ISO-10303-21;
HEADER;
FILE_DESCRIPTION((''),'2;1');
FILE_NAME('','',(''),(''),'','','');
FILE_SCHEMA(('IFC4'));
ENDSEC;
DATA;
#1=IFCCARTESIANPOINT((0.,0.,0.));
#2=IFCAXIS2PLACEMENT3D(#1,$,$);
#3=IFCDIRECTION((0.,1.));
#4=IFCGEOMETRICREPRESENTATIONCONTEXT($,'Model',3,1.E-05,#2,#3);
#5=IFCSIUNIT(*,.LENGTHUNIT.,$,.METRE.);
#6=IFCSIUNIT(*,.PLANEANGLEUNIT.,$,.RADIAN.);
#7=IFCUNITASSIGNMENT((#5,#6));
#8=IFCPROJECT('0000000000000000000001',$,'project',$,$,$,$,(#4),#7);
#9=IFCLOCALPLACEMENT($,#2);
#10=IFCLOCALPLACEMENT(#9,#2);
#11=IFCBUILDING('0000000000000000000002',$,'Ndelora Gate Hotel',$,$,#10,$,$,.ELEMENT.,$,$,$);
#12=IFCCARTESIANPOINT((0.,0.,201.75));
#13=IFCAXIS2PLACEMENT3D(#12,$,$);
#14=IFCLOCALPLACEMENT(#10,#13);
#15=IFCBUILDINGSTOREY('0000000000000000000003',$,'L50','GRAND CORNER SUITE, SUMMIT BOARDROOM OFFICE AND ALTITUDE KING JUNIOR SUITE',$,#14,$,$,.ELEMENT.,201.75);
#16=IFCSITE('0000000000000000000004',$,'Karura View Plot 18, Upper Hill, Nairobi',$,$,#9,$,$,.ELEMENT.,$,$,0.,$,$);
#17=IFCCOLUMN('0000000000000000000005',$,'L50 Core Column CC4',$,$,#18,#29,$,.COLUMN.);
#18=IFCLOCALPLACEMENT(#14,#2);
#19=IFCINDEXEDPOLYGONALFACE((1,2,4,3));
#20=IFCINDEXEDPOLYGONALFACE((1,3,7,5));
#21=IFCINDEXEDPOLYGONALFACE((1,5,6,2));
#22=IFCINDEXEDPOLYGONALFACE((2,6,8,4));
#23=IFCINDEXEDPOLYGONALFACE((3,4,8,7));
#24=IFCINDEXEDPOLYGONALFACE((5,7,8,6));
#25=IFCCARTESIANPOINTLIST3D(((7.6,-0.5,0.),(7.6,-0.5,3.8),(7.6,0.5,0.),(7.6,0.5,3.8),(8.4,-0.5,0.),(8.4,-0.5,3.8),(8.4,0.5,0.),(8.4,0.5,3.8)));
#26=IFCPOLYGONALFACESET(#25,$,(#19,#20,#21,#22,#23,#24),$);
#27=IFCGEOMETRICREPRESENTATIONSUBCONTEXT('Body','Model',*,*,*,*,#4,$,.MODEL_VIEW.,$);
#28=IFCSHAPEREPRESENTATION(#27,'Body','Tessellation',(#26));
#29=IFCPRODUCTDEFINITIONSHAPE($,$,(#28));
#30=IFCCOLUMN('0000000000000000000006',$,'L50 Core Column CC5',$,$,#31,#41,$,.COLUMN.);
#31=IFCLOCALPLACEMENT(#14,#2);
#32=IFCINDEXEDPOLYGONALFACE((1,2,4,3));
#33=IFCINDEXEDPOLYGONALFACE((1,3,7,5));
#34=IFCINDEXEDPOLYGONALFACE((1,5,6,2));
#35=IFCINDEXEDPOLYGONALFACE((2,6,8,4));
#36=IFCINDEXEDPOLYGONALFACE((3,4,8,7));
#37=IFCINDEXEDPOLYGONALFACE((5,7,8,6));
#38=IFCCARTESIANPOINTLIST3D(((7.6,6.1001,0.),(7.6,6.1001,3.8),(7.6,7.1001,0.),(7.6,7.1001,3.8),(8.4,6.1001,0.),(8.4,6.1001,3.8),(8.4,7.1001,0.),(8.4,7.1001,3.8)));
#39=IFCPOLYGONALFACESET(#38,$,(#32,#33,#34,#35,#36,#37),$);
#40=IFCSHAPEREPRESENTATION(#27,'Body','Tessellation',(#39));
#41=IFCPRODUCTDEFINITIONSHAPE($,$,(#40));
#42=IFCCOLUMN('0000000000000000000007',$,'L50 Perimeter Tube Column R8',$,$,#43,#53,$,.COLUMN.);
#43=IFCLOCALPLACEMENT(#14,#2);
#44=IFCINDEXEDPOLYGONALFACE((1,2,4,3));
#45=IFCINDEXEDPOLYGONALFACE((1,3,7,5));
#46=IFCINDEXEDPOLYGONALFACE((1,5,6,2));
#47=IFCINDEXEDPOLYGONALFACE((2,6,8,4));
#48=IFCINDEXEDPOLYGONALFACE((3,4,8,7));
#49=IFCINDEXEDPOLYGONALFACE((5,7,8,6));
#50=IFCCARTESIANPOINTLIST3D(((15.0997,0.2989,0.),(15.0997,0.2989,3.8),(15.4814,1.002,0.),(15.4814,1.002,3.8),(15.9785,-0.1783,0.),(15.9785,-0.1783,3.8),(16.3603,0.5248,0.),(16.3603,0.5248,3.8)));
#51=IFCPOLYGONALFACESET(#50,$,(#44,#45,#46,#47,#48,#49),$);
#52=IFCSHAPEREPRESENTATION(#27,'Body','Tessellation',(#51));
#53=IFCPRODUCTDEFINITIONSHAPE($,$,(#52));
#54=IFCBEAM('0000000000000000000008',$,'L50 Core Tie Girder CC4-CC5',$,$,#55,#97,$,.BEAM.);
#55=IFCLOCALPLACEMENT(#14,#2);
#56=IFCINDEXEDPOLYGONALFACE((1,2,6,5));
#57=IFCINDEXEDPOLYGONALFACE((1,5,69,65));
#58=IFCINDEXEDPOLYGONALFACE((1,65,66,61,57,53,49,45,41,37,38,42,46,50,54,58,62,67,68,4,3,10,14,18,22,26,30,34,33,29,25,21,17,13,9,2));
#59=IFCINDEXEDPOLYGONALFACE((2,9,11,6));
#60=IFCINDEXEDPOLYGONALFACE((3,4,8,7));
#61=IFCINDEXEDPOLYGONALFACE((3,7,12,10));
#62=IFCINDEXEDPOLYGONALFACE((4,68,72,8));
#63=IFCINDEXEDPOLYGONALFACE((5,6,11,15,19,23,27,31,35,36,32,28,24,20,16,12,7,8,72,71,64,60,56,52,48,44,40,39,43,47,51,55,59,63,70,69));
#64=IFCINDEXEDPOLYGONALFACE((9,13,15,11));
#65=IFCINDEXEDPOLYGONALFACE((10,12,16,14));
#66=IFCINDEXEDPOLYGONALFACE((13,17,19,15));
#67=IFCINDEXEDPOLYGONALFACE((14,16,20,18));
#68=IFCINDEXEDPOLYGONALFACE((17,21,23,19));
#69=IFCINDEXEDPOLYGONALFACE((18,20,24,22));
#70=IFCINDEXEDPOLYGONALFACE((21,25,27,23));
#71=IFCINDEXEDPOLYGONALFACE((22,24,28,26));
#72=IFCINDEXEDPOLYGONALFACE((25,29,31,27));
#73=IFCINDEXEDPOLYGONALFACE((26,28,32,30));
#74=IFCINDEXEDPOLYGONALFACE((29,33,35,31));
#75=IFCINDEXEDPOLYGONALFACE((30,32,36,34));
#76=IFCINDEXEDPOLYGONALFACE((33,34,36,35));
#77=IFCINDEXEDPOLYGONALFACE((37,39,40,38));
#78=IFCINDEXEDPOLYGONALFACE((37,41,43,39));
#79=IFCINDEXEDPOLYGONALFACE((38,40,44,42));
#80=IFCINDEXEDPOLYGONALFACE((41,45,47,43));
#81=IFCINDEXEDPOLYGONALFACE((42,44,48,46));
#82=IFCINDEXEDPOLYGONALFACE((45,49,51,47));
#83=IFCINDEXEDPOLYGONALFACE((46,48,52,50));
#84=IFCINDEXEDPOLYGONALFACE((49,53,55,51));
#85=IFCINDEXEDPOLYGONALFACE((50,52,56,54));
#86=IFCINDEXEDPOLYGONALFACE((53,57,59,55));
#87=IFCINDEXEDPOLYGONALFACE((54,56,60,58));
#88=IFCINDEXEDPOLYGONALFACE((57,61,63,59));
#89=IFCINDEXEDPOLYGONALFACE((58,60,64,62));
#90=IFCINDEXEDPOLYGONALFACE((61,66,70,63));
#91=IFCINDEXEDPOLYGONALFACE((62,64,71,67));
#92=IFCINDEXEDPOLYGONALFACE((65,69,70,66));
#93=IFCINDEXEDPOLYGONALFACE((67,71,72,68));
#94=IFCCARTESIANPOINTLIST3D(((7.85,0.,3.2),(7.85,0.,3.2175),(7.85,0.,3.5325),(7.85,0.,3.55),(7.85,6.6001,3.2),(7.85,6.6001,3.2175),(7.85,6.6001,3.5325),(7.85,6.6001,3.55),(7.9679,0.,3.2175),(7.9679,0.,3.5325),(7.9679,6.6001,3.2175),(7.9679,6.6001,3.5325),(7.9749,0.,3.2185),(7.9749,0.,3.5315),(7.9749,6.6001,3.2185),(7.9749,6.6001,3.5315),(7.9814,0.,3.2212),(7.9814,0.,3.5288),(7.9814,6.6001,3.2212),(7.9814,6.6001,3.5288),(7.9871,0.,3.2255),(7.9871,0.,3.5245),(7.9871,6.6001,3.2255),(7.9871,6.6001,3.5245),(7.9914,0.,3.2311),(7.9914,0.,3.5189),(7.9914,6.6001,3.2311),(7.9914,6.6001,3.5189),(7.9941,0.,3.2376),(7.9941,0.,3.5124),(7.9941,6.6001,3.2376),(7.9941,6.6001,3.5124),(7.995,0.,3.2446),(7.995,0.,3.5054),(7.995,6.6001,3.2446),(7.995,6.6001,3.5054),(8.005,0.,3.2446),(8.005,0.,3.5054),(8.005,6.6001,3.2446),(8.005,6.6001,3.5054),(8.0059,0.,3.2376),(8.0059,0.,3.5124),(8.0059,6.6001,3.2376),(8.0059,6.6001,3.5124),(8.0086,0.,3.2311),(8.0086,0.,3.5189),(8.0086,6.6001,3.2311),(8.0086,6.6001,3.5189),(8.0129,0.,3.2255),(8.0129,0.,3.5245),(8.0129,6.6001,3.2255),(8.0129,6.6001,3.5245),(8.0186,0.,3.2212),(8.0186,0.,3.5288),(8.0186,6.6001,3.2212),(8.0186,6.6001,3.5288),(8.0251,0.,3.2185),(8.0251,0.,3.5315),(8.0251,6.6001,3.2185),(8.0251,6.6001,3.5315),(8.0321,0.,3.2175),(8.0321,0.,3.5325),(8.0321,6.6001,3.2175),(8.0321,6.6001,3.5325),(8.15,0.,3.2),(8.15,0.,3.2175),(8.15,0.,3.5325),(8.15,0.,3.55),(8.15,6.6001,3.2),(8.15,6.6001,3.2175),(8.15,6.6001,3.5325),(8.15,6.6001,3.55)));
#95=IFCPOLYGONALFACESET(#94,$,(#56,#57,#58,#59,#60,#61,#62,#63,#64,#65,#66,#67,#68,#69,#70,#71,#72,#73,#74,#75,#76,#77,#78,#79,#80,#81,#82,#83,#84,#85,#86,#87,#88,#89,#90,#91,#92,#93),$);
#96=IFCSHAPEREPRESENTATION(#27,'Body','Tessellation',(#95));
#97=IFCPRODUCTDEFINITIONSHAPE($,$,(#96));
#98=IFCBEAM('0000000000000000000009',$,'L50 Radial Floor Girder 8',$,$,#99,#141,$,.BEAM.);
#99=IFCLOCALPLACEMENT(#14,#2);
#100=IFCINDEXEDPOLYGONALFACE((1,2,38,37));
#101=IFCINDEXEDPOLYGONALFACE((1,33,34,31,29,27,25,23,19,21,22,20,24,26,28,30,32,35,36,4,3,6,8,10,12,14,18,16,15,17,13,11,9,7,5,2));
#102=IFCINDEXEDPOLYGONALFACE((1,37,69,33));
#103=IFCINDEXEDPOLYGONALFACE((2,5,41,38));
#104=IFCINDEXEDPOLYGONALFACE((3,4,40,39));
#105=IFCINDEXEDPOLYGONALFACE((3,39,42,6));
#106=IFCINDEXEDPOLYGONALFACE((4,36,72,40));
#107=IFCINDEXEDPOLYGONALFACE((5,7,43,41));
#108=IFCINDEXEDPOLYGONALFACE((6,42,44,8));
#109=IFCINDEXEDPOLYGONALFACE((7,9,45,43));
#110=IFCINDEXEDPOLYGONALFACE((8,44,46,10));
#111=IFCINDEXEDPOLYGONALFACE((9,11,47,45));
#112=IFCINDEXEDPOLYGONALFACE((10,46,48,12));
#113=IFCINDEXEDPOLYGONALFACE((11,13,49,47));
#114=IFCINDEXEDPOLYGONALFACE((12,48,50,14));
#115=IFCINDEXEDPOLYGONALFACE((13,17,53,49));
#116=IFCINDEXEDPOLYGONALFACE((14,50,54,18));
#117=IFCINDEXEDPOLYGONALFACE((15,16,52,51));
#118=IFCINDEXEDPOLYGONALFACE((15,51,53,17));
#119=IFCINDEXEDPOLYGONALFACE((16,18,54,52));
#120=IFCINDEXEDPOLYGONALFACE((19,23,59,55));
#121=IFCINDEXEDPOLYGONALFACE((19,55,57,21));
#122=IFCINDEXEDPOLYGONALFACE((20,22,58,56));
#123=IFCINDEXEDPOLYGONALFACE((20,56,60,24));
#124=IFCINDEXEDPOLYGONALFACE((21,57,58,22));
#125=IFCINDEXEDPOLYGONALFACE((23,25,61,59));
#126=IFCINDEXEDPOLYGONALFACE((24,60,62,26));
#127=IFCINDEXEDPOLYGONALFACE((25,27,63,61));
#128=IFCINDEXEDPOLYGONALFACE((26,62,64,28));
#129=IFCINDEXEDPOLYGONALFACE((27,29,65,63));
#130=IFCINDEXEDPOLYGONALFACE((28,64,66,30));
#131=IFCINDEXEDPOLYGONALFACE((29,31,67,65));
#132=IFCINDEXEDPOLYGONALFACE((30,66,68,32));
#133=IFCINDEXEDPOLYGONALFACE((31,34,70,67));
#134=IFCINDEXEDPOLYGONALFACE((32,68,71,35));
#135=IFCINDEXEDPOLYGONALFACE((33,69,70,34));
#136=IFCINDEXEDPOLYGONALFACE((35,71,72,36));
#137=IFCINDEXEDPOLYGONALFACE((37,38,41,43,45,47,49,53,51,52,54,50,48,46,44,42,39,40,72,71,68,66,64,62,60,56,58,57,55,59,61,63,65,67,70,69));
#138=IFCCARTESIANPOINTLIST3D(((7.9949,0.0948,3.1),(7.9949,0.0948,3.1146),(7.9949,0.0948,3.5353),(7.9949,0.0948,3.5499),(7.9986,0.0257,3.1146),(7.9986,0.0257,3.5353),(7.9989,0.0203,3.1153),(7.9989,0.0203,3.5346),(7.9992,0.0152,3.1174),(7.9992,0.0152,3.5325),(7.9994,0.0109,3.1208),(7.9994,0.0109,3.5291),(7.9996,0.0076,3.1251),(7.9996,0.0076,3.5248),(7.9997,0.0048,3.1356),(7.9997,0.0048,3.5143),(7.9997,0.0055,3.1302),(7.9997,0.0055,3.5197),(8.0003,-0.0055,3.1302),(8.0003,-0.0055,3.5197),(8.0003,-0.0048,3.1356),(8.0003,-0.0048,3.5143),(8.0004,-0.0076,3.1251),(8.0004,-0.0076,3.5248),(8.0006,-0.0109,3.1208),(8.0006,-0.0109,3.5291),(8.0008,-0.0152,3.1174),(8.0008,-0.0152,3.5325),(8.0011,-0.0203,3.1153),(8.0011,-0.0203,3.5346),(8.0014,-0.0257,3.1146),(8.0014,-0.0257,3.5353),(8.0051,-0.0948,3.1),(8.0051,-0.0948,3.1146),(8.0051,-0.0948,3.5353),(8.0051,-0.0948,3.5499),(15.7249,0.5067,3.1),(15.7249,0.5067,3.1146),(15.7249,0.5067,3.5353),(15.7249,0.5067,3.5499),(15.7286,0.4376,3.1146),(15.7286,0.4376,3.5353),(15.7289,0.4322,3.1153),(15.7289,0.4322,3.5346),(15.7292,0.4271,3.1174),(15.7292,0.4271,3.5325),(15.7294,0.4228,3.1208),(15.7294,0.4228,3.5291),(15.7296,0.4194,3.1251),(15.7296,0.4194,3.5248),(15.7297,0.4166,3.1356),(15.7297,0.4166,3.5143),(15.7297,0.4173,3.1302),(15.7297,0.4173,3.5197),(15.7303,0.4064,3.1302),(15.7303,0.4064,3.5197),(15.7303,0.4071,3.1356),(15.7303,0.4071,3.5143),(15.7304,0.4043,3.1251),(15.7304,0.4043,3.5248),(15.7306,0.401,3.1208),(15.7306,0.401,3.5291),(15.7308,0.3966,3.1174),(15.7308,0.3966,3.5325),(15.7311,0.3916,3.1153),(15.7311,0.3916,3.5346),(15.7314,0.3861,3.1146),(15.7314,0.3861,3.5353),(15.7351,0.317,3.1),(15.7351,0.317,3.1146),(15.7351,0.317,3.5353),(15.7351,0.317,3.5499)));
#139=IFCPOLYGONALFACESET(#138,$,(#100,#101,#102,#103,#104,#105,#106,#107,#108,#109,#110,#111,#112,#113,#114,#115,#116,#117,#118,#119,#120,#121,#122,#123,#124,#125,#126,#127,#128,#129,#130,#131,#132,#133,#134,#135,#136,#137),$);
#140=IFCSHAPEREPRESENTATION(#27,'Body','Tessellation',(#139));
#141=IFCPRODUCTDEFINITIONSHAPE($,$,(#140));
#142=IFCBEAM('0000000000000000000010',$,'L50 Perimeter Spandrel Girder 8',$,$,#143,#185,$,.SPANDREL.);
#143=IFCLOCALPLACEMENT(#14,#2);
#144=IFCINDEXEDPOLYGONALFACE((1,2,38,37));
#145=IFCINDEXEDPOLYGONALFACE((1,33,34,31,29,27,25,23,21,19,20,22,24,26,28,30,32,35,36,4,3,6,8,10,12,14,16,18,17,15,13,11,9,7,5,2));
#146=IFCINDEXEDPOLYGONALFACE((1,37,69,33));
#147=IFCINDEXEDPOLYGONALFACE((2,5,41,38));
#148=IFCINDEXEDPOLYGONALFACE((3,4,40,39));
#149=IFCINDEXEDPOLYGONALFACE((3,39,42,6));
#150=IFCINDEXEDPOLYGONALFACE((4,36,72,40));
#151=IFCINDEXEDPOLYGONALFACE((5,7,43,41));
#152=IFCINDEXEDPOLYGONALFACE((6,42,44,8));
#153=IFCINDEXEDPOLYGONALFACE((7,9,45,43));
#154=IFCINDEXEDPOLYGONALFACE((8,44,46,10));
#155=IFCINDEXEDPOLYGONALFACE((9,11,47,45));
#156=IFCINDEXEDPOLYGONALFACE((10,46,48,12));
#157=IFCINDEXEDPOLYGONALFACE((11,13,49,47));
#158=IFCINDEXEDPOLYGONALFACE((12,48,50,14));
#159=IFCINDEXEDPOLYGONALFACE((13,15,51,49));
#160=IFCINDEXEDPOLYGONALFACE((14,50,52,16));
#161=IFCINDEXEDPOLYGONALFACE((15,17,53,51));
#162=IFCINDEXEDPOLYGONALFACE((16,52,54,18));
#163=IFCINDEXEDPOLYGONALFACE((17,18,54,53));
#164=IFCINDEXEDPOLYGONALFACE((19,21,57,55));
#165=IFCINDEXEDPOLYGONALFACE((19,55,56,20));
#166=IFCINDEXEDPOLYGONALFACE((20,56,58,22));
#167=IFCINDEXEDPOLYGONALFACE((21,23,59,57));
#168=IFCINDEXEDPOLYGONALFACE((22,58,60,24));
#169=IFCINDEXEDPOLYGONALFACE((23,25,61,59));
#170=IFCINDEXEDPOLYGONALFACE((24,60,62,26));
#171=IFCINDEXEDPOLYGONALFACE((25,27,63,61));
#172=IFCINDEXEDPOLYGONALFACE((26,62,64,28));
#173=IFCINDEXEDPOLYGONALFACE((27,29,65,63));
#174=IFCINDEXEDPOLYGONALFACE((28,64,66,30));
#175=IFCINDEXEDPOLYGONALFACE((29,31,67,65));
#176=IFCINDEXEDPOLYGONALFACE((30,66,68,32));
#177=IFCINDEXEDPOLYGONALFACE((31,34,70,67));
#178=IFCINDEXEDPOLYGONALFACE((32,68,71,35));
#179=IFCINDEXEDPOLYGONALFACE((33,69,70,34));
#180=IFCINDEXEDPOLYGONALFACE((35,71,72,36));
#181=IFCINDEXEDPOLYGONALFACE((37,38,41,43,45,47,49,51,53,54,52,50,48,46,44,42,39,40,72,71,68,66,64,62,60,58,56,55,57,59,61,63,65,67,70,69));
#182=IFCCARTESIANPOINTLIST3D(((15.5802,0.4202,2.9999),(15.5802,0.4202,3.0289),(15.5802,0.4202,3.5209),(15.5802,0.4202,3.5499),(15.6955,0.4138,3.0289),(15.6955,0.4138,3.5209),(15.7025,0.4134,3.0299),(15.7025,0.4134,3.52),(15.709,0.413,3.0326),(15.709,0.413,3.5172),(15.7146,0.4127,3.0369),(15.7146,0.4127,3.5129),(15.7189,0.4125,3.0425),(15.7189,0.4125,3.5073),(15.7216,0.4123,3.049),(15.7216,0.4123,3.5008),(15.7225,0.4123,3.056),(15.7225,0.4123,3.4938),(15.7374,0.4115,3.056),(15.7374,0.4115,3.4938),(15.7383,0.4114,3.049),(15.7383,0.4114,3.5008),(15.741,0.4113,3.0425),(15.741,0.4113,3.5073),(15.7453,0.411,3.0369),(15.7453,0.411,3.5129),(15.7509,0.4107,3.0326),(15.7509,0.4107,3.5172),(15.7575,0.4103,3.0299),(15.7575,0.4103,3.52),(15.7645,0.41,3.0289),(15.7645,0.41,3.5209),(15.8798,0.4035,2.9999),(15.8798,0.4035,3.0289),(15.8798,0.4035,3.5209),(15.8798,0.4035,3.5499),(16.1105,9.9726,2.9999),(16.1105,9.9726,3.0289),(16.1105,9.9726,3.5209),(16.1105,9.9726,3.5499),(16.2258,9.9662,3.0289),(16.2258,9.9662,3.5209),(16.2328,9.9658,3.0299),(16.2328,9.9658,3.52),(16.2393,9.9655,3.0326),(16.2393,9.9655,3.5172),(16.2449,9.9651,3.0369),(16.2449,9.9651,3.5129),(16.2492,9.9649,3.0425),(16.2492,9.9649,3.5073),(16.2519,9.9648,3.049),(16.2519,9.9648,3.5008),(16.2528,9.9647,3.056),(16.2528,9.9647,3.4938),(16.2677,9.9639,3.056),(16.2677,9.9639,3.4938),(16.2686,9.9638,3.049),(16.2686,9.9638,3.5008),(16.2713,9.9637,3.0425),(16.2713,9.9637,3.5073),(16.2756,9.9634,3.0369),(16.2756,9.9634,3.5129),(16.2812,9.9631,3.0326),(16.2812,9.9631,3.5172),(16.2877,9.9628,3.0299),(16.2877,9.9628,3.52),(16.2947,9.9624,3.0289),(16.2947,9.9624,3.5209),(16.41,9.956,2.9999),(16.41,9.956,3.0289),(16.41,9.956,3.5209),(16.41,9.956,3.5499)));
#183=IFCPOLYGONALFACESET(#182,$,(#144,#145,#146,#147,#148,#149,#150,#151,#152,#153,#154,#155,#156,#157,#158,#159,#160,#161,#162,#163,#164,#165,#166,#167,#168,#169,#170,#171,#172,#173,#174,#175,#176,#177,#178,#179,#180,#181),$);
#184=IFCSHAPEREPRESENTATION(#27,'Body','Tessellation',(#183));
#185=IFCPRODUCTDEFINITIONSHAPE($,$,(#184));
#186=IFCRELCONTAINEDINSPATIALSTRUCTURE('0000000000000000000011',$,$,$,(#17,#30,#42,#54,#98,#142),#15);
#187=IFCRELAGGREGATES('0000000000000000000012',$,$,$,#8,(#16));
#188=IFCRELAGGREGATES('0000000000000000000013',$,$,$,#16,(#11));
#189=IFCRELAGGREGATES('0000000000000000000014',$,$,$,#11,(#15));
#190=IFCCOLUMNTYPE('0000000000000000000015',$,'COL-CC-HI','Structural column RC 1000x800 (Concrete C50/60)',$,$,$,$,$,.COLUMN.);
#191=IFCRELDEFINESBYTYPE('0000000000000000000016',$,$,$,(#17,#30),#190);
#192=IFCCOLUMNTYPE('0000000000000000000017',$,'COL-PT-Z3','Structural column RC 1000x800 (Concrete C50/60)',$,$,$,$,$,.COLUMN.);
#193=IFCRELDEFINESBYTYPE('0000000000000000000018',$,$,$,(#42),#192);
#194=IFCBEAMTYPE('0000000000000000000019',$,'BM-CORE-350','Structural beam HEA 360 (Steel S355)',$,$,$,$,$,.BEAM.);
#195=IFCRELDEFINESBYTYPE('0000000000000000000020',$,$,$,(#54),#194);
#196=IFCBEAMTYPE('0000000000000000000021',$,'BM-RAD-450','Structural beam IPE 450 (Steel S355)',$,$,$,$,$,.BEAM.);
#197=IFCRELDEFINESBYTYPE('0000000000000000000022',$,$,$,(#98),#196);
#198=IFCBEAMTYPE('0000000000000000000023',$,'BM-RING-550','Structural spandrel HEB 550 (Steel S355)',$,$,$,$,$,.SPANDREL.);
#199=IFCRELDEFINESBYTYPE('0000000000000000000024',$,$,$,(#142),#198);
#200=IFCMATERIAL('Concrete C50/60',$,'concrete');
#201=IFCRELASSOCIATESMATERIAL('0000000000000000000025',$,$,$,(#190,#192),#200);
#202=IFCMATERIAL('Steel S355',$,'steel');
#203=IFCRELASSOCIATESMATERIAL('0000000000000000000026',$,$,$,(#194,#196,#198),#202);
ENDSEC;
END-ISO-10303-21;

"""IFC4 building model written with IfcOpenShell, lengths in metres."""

from ifc_helpers import new_model, si_unit, direction, frame, origin, origin_2d, place, context, subcontext, project, spatial, rectangle, i_section, extrude, material, material_profile, profile_set, type_object, element, save


model = new_model("IFC4")

# Units and contexts
model_context = context("Model", 3, precision=1e-05, world=origin(), true_north=direction((0.0, 1.0)))
body_context = subcontext(model_context, "Body", "Model", "MODEL_VIEW")
ifc_project = project(units=[si_unit("LENGTHUNIT", "METRE"), si_unit("PLANEANGLEUNIT", "RADIAN")], contexts=[model_context])

# Site, building, storey
site_placement = place(None, origin())
site = spatial("IfcSite", under=ifc_project, at=site_placement, Name="Karura View Plot 18, Upper Hill, Nairobi", CompositionType="ELEMENT", RefElevation=0.0)
building_placement = place(site_placement, origin())
building = spatial("IfcBuilding", under=site, at=building_placement, Name="Ndelora Gate Hotel", CompositionType="ELEMENT")
storey_placement = place(building_placement, frame((0.0, 0.0, 201.75)))
storey = spatial("IfcBuildingStorey", under=building, at=storey_placement, Name="L50", Description="GRAND CORNER SUITE, SUMMIT BOARDROOM OFFICE AND ALTITUDE KING JUNIOR SUITE", CompositionType="ELEMENT", Elevation=201.75)

# Columns
ifc_material_1 = material(Name="Concrete C50/60", Category="concrete")
ifc_material_profile_1 = material_profile(ifc_material_1, rectangle(XDim=0.8, YDim=1.0, at=origin_2d()), Name="RC 1000x800")
ifc_profile_set_1 = profile_set([ifc_material_profile_1], Name="Concrete C50/60")
column_type_1 = type_object("IfcColumnType", Name="COL-CC-HI", Description="Structural column RC 1000x800 (Concrete C50/60)", PredefinedType="COLUMN", material=ifc_profile_set_1)
for number, where, z_axis, x_axis, name in (
    (1, (8.0, 0.0, 0.0), (0.0, 0.0, 1.0), (1.0, 0.0, 0.0), "L50 Core Column CC4"),
    (2, (8.0, 6.6001, 0.0), (0.0, 0.0, 1.0), (1.0, 0.0, 0.0), "L50 Core Column CC5"),
):
    element("IfcColumn", number, at=place(storey_placement, frame(where, z_axis=z_axis, x_axis=x_axis)), inside=storey, type_object=column_type_1, Name=name, PredefinedType="COLUMN", context=body_context, shape_type="SweptSolid", body=[
        extrude(rectangle(XDim=0.8, YDim=1.0, at=origin_2d()), origin(), (0.0, 0.0, 1.0), 3.8),
    ])
ifc_material_profile_2 = material_profile(ifc_material_1, rectangle(XDim=0.8, YDim=1.0, at=origin_2d()), Name="RC 1000x800")
ifc_profile_set_2 = profile_set([ifc_material_profile_2], Name="Concrete C50/60")
column_type_2 = type_object("IfcColumnType", Name="COL-PT-Z3", Description="Structural column RC 1000x800 (Concrete C50/60)", PredefinedType="COLUMN", material=ifc_profile_set_2)
column_placement = place(storey_placement, frame((15.73, 0.4119, 0.0), z_axis=(0.0, 0.0, 1.0), x_axis=(0.477159, 0.878817, 0.0)))
element("IfcColumn", 3, at=column_placement, inside=storey, type_object=column_type_2, Name="L50 Perimeter Tube Column R8", PredefinedType="COLUMN", context=body_context, shape_type="SweptSolid", body=[
    extrude(rectangle(XDim=0.8, YDim=1.0, at=origin_2d()), origin(), (0.0, 0.0, 1.0), 3.8),
])

# Beams
ifc_material_2 = material(Name="Steel S355", Category="steel")
ifc_material_profile_3 = material_profile(ifc_material_2, i_section(OverallWidth=0.3, OverallDepth=0.3501, WebThickness=0.01, FlangeThickness=0.0176, FilletRadius=0.0271, at=origin_2d()), Name="HEA 360")
ifc_profile_set_3 = profile_set([ifc_material_profile_3], Name="Steel S355")
beam_type_1 = type_object("IfcBeamType", Name="BM-CORE-350", Description="Structural beam HEA 360 (Steel S355)", PredefinedType="BEAM", material=ifc_profile_set_3)
beam_1_placement = place(storey_placement, frame((8.0, 0.0, 3.375), z_axis=(0.0, 1.0, 0.0), x_axis=(-1.0, 0.0, 0.0)))
element("IfcBeam", 4, at=beam_1_placement, inside=storey, type_object=beam_type_1, Name="L50 Core Tie Girder CC4-CC5", PredefinedType="BEAM", context=body_context, shape_type="SweptSolid", body=[
    extrude(i_section(OverallWidth=0.3, OverallDepth=0.3501, WebThickness=0.01, FlangeThickness=0.0176, FilletRadius=0.0271, at=origin_2d()), origin(), (0.0, 0.0, 1.0), 6.6001),
])
ifc_material_profile_4 = material_profile(ifc_material_2, i_section(OverallWidth=0.1899, OverallDepth=0.45, WebThickness=0.0095, FlangeThickness=0.0146, FilletRadius=0.021, at=origin_2d()), Name="IPE 450")
ifc_profile_set_4 = profile_set([ifc_material_profile_4], Name="Steel S355")
beam_type_2 = type_object("IfcBeamType", Name="BM-RAD-450", Description="Structural beam IPE 450 (Steel S355)", PredefinedType="BEAM", material=ifc_profile_set_4)
beam_2_placement = place(storey_placement, frame((8.0, 0.0, 3.325), z_axis=(0.998584, 0.053206, 0.0), x_axis=(-0.053206, 0.998584, 0.0)))
element("IfcBeam", 5, at=beam_2_placement, inside=storey, type_object=beam_type_2, Name="L50 Radial Floor Girder 8", PredefinedType="BEAM", context=body_context, shape_type="SweptSolid", body=[
    extrude(i_section(OverallWidth=0.1899, OverallDepth=0.45, WebThickness=0.0095, FlangeThickness=0.0146, FilletRadius=0.021, at=origin_2d()), origin(), (0.0, 0.0, 1.0), 7.741),
])
ifc_material_profile_5 = material_profile(ifc_material_2, i_section(OverallWidth=0.3, OverallDepth=0.55, WebThickness=0.0149, FlangeThickness=0.0291, FilletRadius=0.0271, at=origin_2d()), Name="HEB 550")
ifc_profile_set_5 = profile_set([ifc_material_profile_5], Name="Steel S355")
beam_type_3 = type_object("IfcBeamType", Name="BM-RING-550", Description="Structural spandrel HEB 550 (Steel S355)", PredefinedType="SPANDREL", material=ifc_profile_set_5)
beam_3_placement = place(storey_placement, frame((15.73, 0.4119, 3.2749), z_axis=(0.055426, 0.998463, 0.0), x_axis=(-0.998463, 0.055426, 0.0)))
element("IfcBeam", 6, at=beam_3_placement, inside=storey, type_object=beam_type_3, Name="L50 Perimeter Spandrel Girder 8", PredefinedType="SPANDREL", context=body_context, shape_type="SweptSolid", body=[
    extrude(i_section(OverallWidth=0.3, OverallDepth=0.55, WebThickness=0.0149, FlangeThickness=0.0291, FilletRadius=0.0271, at=origin_2d()), origin(), (0.0, 0.0, 1.0), 9.5671),
])

save(model, "model.ifc")
